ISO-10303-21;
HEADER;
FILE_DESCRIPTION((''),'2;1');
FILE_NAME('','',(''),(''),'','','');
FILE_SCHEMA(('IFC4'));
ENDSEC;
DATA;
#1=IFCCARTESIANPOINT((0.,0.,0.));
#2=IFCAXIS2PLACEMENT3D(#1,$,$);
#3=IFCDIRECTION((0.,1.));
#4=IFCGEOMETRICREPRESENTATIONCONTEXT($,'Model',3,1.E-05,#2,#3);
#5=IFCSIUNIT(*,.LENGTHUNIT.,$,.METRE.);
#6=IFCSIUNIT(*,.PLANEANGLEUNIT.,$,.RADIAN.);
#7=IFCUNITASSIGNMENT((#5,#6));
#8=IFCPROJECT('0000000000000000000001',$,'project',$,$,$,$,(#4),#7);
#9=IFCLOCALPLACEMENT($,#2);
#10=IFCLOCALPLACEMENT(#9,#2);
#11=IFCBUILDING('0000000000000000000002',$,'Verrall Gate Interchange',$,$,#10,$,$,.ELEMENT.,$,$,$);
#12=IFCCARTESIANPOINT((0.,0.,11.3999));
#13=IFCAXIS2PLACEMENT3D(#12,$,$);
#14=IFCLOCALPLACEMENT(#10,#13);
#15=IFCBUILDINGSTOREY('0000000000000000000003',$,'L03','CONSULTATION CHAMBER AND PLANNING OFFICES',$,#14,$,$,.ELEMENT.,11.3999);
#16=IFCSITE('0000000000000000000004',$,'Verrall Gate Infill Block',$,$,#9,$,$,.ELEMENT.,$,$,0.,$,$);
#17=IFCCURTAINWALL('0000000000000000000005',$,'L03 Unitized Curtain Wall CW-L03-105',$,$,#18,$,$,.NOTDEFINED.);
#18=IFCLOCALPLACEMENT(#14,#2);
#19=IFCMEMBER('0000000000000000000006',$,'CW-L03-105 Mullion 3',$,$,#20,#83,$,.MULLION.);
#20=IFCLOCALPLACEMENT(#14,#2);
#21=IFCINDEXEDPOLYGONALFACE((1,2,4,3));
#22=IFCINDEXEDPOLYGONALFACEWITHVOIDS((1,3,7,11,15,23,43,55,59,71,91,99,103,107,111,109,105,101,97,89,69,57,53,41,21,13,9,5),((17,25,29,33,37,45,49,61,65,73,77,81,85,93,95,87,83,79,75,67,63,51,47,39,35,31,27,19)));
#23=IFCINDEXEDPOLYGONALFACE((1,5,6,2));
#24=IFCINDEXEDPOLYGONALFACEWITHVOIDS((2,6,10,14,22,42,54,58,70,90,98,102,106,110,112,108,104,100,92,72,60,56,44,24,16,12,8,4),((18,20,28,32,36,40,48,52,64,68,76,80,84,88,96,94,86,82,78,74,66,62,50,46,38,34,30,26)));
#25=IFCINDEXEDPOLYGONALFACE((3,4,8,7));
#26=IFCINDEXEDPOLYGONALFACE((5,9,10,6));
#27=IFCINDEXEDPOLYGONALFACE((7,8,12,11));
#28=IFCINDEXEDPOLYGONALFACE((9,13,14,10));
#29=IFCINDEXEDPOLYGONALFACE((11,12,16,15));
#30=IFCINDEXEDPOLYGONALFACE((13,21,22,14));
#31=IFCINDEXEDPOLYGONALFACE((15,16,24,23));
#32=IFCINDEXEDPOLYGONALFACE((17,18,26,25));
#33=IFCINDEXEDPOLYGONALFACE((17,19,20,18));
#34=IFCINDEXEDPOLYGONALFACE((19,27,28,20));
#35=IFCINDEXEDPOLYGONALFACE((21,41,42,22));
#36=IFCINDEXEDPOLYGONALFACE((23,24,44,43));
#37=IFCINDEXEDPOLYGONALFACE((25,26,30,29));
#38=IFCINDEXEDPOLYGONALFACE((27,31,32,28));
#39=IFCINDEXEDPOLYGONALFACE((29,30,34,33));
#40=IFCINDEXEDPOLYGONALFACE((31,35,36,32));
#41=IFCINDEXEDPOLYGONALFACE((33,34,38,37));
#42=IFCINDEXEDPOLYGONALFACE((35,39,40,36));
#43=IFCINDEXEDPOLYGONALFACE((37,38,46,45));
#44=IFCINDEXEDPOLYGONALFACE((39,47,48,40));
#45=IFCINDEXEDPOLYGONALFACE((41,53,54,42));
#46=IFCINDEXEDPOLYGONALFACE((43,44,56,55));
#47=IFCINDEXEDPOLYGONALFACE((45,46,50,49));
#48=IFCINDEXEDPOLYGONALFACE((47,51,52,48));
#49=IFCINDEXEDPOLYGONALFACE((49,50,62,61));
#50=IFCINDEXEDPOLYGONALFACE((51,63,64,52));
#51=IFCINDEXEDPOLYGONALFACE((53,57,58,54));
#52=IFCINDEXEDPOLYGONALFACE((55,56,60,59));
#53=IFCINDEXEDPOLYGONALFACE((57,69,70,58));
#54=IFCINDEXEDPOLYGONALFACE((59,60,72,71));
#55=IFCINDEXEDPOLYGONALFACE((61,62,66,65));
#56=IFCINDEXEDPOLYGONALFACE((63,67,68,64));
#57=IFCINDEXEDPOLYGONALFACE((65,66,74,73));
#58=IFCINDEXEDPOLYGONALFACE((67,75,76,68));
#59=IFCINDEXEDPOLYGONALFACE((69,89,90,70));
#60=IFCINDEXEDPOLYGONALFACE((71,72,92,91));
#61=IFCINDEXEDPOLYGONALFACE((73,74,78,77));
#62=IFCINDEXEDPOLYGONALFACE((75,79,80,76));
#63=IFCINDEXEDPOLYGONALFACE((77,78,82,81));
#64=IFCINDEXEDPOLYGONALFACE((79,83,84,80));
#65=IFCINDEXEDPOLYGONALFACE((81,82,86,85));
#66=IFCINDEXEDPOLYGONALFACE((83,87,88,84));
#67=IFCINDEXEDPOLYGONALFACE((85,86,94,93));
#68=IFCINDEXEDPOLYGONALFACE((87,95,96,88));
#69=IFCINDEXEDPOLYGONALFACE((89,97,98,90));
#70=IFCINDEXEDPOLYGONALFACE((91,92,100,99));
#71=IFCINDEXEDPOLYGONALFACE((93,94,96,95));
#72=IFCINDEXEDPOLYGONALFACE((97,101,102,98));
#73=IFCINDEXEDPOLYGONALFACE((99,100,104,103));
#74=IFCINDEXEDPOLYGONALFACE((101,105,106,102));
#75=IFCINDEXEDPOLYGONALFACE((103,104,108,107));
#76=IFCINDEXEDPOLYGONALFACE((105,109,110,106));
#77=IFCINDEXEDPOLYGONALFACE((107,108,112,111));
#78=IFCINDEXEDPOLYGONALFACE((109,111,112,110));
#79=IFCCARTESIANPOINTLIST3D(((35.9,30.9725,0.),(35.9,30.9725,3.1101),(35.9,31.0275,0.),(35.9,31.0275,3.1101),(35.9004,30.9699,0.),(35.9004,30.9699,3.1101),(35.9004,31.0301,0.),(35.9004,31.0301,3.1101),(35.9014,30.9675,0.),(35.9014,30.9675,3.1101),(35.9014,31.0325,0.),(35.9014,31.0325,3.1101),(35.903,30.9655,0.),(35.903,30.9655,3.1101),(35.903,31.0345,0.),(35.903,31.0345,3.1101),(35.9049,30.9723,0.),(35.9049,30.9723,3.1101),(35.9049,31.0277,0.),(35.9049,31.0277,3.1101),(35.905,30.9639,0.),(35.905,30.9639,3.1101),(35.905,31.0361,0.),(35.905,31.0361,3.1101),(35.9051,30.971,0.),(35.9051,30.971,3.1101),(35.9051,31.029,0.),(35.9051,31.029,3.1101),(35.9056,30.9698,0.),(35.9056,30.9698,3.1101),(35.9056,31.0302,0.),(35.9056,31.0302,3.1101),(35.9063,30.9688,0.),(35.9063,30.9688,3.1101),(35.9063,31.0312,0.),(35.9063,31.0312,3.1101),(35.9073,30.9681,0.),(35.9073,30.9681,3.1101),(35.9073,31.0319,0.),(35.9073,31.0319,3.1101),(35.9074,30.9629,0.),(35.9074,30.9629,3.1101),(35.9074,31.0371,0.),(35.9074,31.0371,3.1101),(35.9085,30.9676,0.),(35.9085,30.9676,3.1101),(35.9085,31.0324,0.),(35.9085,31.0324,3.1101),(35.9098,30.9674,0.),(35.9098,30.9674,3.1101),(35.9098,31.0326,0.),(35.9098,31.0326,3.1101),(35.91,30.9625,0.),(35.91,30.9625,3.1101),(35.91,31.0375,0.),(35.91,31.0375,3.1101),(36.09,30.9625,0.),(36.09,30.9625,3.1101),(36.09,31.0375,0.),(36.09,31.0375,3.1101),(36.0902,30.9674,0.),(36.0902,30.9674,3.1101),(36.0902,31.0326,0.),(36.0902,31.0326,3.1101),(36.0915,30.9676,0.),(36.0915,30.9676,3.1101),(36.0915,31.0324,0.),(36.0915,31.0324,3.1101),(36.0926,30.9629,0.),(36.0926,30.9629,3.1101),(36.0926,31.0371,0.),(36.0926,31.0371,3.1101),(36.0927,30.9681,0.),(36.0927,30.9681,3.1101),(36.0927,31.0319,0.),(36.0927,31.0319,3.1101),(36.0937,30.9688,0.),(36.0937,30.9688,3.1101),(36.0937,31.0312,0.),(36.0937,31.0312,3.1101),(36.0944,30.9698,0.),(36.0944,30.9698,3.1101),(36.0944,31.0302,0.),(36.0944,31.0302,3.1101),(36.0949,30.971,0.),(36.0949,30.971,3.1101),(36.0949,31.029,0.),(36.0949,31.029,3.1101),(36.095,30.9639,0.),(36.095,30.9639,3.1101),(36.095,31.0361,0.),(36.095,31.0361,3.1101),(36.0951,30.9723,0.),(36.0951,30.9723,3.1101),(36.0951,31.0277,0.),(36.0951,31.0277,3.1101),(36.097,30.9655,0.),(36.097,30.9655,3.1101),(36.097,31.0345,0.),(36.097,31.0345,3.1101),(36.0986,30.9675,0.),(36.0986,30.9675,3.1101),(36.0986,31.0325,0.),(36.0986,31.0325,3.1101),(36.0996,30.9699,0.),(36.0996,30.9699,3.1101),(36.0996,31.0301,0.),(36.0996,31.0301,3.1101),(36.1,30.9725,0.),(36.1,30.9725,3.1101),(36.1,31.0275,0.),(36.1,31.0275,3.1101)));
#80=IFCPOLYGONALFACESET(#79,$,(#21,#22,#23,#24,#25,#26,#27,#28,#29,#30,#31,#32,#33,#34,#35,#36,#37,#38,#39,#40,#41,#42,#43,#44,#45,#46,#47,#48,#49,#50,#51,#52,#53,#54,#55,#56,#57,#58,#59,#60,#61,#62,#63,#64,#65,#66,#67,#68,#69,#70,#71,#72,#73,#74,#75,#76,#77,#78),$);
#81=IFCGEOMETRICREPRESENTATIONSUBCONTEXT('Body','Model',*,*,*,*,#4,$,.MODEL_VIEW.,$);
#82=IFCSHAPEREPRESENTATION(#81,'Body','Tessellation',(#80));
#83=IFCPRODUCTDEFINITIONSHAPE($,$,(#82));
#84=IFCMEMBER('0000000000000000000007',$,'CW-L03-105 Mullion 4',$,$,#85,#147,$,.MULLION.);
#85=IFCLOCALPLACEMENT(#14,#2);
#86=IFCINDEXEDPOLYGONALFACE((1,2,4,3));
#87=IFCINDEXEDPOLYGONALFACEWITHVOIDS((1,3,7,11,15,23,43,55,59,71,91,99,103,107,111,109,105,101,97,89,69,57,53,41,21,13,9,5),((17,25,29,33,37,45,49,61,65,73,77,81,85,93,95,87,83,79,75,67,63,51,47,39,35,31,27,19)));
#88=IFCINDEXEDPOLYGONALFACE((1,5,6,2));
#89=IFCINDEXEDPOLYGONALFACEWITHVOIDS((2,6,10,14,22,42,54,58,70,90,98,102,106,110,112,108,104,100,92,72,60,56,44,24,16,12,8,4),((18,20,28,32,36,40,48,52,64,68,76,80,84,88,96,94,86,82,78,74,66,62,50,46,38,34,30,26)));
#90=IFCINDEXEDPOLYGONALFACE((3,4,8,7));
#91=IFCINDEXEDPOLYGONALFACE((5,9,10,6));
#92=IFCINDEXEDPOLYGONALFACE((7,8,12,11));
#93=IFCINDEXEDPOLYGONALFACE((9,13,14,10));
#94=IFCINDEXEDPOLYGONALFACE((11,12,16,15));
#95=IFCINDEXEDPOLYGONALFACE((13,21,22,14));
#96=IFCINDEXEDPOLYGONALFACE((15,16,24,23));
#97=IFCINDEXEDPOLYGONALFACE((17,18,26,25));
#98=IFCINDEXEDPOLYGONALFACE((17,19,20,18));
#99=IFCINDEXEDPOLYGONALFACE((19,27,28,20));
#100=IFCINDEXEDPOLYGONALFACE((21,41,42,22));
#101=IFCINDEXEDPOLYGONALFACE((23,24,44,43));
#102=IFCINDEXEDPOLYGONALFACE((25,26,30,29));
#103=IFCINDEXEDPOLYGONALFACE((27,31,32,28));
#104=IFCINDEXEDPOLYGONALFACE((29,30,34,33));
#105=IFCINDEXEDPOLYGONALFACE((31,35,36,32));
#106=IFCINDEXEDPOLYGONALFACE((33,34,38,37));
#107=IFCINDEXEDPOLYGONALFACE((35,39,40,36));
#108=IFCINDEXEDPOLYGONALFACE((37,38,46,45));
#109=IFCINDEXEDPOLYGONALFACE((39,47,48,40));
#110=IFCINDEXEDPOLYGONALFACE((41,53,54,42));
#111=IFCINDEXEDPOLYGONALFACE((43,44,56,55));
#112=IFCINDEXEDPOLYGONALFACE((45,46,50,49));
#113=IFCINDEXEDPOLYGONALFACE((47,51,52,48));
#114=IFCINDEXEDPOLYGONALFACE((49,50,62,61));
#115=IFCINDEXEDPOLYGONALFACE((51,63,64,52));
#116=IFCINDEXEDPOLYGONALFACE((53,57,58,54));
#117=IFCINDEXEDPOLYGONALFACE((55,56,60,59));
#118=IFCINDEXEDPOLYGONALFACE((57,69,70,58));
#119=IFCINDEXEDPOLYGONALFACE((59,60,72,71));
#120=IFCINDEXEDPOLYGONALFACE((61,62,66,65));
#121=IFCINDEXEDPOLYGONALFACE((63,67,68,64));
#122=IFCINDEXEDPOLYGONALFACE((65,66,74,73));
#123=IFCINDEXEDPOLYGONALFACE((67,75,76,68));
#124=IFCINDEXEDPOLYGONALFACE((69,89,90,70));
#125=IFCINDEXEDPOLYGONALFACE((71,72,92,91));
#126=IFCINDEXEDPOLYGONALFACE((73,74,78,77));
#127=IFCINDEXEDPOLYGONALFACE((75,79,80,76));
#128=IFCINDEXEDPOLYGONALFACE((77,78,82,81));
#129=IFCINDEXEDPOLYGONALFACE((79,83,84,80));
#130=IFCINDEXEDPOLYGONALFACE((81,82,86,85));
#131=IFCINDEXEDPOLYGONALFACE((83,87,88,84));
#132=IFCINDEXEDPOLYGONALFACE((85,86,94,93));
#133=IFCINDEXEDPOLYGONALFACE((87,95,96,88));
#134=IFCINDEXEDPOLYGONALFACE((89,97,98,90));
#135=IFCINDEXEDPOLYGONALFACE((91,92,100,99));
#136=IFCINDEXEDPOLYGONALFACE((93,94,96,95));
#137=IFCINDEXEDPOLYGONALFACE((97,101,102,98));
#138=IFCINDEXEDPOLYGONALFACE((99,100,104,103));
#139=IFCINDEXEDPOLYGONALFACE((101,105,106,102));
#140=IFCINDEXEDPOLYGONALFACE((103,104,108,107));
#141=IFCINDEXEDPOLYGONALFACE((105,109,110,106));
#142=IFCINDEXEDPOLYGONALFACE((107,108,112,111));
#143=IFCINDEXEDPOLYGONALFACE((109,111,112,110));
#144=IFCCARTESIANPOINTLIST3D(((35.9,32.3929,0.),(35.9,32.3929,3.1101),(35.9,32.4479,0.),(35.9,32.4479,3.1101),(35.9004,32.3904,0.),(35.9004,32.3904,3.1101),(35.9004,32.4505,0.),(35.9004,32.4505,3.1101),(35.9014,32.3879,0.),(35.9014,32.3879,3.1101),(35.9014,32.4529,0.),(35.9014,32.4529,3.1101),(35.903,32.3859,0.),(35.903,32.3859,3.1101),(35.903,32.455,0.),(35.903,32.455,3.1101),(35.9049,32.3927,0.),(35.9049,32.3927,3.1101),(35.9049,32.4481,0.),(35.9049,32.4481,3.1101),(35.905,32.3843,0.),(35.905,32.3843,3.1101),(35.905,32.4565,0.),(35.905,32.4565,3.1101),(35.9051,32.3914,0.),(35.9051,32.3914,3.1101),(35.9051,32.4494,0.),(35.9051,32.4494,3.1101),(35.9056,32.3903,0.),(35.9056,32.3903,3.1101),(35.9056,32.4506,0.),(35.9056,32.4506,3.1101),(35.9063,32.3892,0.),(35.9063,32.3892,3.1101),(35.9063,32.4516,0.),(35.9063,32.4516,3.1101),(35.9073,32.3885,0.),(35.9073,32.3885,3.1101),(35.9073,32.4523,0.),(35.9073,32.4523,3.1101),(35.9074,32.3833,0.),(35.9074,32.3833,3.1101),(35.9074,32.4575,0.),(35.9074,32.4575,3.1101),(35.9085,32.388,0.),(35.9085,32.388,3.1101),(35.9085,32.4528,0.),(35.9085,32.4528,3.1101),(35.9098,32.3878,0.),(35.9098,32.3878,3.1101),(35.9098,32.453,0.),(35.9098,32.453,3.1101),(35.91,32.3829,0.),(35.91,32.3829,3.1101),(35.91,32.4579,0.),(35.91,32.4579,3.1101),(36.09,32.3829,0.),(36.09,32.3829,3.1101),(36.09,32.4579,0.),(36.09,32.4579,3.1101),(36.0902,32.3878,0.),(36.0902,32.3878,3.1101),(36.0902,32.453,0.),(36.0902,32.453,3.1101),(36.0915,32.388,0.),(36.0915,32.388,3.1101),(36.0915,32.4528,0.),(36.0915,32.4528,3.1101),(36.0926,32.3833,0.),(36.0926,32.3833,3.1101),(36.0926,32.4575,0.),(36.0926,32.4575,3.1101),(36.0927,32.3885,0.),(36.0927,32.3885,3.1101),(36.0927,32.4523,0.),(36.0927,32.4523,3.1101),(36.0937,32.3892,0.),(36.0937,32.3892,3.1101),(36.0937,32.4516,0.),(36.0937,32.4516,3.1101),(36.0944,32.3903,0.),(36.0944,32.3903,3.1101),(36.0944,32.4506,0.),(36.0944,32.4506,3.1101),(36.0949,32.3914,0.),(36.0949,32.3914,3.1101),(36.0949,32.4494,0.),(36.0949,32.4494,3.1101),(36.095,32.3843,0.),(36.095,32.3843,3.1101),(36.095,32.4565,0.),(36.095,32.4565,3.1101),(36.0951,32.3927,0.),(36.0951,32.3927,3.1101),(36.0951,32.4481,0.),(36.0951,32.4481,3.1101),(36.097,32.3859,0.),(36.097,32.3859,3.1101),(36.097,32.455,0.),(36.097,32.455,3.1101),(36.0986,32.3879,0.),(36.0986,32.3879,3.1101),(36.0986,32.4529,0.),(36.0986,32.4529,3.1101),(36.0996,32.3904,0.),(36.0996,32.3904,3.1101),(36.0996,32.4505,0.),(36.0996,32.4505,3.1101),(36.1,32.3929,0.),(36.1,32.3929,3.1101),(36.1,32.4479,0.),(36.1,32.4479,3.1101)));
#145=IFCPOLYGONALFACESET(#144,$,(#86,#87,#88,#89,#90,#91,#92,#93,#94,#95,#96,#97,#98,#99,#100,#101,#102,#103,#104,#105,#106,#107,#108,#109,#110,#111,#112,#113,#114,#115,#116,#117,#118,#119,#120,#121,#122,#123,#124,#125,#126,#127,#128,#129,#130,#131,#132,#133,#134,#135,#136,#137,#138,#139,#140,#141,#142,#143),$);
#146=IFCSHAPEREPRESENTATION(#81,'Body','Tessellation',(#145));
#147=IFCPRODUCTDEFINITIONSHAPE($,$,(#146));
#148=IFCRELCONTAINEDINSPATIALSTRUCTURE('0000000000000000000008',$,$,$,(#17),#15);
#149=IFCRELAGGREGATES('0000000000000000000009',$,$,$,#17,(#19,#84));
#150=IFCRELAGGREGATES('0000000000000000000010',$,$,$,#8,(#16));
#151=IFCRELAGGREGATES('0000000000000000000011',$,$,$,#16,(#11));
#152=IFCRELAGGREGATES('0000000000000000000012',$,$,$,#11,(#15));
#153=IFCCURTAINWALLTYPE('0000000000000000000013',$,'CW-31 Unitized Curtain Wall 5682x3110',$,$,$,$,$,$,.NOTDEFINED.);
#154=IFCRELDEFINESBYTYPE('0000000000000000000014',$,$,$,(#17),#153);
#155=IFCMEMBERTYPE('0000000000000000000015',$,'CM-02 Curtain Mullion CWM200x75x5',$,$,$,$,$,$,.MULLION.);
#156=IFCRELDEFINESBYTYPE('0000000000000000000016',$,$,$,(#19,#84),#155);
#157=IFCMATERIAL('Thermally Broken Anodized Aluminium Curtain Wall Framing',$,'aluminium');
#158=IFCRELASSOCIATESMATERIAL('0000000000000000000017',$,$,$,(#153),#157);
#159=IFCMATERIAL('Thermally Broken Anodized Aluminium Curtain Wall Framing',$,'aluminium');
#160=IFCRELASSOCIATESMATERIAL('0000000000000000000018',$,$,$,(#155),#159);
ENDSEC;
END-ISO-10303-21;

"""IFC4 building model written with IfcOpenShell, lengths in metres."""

from ifc_helpers import new_model, si_unit, direction, frame, origin, origin_2d, place, context, subcontext, project, spatial, hollow_rectangle, extrude, material, material_profile, profile_set, type_object, element, aggregate, save


model = new_model("IFC4")

# Units and contexts
model_context = context("Model", 3, precision=1e-05, world=origin(), true_north=direction((0.0, 1.0)))
body_context = subcontext(model_context, "Body", "Model", "MODEL_VIEW")
ifc_project = project(units=[si_unit("LENGTHUNIT", "METRE"), si_unit("PLANEANGLEUNIT", "RADIAN")], contexts=[model_context])

# Site, building, storey
site_placement = place(None, origin())
site = spatial("IfcSite", under=ifc_project, at=site_placement, Name="Verrall Gate Infill Block", CompositionType="ELEMENT", RefElevation=0.0)
building_placement = place(site_placement, origin())
building = spatial("IfcBuilding", under=site, at=building_placement, Name="Verrall Gate Interchange", CompositionType="ELEMENT")
storey_placement = place(building_placement, frame((0.0, 0.0, 11.3999)))
storey = spatial("IfcBuildingStorey", under=building, at=storey_placement, Name="L03", Description="CONSULTATION CHAMBER AND PLANNING OFFICES", CompositionType="ELEMENT", Elevation=11.3999)

# Curtain wall, members
ifc_material_1 = material(Name="Thermally Broken Anodized Aluminium Curtain Wall Framing", Category="aluminium")
curtain_wall_type_1 = type_object("IfcCurtainWallType", Name="CW-31 Unitized Curtain Wall 5682x3110", PredefinedType="NOTDEFINED", material=ifc_material_1)
curtain_wall_1_placement = place(storey_placement, origin())
curtain_wall_1 = element("IfcCurtainWall", 1, at=curtain_wall_1_placement, inside=storey, type_object=curtain_wall_type_1, Name="L03 Unitized Curtain Wall CW-L03-105", PredefinedType="NOTDEFINED")
ifc_material_2 = material(Name="Thermally Broken Anodized Aluminium Curtain Wall Framing", Category="aluminium")
ifc_material_profile_1 = material_profile(ifc_material_2, hollow_rectangle(XDim=0.075, YDim=0.2, WallThickness=0.0049, InnerFilletRadius=0.0049, OuterFilletRadius=0.01, at=origin_2d()), Name="CWM200x75x5")
ifc_profile_set_1 = profile_set([ifc_material_profile_1], Name="Thermally Broken Anodized Aluminium Curtain Wall Framing")
member_type = type_object("IfcMemberType", Name="CM-02 Curtain Mullion CWM200x75x5", PredefinedType="MULLION", material=ifc_profile_set_1)
member_1_placement = place(storey_placement, frame((36.0, 31.0, 0.0), z_axis=(0.0, 0.0, 1.0), x_axis=(0.0, 1.0, 0.0)))
member_1 = element("IfcMember", 2, at=member_1_placement, type_object=member_type, Name="CW-L03-105 Mullion 3", PredefinedType="MULLION", context=body_context, shape_type="SweptSolid", body=[
    extrude(hollow_rectangle(XDim=0.075, YDim=0.2, WallThickness=0.0049, InnerFilletRadius=0.0049, OuterFilletRadius=0.01, at=origin_2d()), origin(), (0.0, 0.0, 1.0), 3.1101),
])
member_2_placement = place(storey_placement, frame((36.0, 32.4204, 0.0), z_axis=(0.0, 0.0, 1.0), x_axis=(0.0, 1.0, 0.0)))
member_2 = element("IfcMember", 3, at=member_2_placement, type_object=member_type, Name="CW-L03-105 Mullion 4", PredefinedType="MULLION", context=body_context, shape_type="SweptSolid", body=[
    extrude(hollow_rectangle(XDim=0.075, YDim=0.2, WallThickness=0.0049, InnerFilletRadius=0.0049, OuterFilletRadius=0.01, at=origin_2d()), origin(), (0.0, 0.0, 1.0), 3.1101),
])

aggregate(curtain_wall_1, [member_1, member_2])

save(model, "model.ifc")
